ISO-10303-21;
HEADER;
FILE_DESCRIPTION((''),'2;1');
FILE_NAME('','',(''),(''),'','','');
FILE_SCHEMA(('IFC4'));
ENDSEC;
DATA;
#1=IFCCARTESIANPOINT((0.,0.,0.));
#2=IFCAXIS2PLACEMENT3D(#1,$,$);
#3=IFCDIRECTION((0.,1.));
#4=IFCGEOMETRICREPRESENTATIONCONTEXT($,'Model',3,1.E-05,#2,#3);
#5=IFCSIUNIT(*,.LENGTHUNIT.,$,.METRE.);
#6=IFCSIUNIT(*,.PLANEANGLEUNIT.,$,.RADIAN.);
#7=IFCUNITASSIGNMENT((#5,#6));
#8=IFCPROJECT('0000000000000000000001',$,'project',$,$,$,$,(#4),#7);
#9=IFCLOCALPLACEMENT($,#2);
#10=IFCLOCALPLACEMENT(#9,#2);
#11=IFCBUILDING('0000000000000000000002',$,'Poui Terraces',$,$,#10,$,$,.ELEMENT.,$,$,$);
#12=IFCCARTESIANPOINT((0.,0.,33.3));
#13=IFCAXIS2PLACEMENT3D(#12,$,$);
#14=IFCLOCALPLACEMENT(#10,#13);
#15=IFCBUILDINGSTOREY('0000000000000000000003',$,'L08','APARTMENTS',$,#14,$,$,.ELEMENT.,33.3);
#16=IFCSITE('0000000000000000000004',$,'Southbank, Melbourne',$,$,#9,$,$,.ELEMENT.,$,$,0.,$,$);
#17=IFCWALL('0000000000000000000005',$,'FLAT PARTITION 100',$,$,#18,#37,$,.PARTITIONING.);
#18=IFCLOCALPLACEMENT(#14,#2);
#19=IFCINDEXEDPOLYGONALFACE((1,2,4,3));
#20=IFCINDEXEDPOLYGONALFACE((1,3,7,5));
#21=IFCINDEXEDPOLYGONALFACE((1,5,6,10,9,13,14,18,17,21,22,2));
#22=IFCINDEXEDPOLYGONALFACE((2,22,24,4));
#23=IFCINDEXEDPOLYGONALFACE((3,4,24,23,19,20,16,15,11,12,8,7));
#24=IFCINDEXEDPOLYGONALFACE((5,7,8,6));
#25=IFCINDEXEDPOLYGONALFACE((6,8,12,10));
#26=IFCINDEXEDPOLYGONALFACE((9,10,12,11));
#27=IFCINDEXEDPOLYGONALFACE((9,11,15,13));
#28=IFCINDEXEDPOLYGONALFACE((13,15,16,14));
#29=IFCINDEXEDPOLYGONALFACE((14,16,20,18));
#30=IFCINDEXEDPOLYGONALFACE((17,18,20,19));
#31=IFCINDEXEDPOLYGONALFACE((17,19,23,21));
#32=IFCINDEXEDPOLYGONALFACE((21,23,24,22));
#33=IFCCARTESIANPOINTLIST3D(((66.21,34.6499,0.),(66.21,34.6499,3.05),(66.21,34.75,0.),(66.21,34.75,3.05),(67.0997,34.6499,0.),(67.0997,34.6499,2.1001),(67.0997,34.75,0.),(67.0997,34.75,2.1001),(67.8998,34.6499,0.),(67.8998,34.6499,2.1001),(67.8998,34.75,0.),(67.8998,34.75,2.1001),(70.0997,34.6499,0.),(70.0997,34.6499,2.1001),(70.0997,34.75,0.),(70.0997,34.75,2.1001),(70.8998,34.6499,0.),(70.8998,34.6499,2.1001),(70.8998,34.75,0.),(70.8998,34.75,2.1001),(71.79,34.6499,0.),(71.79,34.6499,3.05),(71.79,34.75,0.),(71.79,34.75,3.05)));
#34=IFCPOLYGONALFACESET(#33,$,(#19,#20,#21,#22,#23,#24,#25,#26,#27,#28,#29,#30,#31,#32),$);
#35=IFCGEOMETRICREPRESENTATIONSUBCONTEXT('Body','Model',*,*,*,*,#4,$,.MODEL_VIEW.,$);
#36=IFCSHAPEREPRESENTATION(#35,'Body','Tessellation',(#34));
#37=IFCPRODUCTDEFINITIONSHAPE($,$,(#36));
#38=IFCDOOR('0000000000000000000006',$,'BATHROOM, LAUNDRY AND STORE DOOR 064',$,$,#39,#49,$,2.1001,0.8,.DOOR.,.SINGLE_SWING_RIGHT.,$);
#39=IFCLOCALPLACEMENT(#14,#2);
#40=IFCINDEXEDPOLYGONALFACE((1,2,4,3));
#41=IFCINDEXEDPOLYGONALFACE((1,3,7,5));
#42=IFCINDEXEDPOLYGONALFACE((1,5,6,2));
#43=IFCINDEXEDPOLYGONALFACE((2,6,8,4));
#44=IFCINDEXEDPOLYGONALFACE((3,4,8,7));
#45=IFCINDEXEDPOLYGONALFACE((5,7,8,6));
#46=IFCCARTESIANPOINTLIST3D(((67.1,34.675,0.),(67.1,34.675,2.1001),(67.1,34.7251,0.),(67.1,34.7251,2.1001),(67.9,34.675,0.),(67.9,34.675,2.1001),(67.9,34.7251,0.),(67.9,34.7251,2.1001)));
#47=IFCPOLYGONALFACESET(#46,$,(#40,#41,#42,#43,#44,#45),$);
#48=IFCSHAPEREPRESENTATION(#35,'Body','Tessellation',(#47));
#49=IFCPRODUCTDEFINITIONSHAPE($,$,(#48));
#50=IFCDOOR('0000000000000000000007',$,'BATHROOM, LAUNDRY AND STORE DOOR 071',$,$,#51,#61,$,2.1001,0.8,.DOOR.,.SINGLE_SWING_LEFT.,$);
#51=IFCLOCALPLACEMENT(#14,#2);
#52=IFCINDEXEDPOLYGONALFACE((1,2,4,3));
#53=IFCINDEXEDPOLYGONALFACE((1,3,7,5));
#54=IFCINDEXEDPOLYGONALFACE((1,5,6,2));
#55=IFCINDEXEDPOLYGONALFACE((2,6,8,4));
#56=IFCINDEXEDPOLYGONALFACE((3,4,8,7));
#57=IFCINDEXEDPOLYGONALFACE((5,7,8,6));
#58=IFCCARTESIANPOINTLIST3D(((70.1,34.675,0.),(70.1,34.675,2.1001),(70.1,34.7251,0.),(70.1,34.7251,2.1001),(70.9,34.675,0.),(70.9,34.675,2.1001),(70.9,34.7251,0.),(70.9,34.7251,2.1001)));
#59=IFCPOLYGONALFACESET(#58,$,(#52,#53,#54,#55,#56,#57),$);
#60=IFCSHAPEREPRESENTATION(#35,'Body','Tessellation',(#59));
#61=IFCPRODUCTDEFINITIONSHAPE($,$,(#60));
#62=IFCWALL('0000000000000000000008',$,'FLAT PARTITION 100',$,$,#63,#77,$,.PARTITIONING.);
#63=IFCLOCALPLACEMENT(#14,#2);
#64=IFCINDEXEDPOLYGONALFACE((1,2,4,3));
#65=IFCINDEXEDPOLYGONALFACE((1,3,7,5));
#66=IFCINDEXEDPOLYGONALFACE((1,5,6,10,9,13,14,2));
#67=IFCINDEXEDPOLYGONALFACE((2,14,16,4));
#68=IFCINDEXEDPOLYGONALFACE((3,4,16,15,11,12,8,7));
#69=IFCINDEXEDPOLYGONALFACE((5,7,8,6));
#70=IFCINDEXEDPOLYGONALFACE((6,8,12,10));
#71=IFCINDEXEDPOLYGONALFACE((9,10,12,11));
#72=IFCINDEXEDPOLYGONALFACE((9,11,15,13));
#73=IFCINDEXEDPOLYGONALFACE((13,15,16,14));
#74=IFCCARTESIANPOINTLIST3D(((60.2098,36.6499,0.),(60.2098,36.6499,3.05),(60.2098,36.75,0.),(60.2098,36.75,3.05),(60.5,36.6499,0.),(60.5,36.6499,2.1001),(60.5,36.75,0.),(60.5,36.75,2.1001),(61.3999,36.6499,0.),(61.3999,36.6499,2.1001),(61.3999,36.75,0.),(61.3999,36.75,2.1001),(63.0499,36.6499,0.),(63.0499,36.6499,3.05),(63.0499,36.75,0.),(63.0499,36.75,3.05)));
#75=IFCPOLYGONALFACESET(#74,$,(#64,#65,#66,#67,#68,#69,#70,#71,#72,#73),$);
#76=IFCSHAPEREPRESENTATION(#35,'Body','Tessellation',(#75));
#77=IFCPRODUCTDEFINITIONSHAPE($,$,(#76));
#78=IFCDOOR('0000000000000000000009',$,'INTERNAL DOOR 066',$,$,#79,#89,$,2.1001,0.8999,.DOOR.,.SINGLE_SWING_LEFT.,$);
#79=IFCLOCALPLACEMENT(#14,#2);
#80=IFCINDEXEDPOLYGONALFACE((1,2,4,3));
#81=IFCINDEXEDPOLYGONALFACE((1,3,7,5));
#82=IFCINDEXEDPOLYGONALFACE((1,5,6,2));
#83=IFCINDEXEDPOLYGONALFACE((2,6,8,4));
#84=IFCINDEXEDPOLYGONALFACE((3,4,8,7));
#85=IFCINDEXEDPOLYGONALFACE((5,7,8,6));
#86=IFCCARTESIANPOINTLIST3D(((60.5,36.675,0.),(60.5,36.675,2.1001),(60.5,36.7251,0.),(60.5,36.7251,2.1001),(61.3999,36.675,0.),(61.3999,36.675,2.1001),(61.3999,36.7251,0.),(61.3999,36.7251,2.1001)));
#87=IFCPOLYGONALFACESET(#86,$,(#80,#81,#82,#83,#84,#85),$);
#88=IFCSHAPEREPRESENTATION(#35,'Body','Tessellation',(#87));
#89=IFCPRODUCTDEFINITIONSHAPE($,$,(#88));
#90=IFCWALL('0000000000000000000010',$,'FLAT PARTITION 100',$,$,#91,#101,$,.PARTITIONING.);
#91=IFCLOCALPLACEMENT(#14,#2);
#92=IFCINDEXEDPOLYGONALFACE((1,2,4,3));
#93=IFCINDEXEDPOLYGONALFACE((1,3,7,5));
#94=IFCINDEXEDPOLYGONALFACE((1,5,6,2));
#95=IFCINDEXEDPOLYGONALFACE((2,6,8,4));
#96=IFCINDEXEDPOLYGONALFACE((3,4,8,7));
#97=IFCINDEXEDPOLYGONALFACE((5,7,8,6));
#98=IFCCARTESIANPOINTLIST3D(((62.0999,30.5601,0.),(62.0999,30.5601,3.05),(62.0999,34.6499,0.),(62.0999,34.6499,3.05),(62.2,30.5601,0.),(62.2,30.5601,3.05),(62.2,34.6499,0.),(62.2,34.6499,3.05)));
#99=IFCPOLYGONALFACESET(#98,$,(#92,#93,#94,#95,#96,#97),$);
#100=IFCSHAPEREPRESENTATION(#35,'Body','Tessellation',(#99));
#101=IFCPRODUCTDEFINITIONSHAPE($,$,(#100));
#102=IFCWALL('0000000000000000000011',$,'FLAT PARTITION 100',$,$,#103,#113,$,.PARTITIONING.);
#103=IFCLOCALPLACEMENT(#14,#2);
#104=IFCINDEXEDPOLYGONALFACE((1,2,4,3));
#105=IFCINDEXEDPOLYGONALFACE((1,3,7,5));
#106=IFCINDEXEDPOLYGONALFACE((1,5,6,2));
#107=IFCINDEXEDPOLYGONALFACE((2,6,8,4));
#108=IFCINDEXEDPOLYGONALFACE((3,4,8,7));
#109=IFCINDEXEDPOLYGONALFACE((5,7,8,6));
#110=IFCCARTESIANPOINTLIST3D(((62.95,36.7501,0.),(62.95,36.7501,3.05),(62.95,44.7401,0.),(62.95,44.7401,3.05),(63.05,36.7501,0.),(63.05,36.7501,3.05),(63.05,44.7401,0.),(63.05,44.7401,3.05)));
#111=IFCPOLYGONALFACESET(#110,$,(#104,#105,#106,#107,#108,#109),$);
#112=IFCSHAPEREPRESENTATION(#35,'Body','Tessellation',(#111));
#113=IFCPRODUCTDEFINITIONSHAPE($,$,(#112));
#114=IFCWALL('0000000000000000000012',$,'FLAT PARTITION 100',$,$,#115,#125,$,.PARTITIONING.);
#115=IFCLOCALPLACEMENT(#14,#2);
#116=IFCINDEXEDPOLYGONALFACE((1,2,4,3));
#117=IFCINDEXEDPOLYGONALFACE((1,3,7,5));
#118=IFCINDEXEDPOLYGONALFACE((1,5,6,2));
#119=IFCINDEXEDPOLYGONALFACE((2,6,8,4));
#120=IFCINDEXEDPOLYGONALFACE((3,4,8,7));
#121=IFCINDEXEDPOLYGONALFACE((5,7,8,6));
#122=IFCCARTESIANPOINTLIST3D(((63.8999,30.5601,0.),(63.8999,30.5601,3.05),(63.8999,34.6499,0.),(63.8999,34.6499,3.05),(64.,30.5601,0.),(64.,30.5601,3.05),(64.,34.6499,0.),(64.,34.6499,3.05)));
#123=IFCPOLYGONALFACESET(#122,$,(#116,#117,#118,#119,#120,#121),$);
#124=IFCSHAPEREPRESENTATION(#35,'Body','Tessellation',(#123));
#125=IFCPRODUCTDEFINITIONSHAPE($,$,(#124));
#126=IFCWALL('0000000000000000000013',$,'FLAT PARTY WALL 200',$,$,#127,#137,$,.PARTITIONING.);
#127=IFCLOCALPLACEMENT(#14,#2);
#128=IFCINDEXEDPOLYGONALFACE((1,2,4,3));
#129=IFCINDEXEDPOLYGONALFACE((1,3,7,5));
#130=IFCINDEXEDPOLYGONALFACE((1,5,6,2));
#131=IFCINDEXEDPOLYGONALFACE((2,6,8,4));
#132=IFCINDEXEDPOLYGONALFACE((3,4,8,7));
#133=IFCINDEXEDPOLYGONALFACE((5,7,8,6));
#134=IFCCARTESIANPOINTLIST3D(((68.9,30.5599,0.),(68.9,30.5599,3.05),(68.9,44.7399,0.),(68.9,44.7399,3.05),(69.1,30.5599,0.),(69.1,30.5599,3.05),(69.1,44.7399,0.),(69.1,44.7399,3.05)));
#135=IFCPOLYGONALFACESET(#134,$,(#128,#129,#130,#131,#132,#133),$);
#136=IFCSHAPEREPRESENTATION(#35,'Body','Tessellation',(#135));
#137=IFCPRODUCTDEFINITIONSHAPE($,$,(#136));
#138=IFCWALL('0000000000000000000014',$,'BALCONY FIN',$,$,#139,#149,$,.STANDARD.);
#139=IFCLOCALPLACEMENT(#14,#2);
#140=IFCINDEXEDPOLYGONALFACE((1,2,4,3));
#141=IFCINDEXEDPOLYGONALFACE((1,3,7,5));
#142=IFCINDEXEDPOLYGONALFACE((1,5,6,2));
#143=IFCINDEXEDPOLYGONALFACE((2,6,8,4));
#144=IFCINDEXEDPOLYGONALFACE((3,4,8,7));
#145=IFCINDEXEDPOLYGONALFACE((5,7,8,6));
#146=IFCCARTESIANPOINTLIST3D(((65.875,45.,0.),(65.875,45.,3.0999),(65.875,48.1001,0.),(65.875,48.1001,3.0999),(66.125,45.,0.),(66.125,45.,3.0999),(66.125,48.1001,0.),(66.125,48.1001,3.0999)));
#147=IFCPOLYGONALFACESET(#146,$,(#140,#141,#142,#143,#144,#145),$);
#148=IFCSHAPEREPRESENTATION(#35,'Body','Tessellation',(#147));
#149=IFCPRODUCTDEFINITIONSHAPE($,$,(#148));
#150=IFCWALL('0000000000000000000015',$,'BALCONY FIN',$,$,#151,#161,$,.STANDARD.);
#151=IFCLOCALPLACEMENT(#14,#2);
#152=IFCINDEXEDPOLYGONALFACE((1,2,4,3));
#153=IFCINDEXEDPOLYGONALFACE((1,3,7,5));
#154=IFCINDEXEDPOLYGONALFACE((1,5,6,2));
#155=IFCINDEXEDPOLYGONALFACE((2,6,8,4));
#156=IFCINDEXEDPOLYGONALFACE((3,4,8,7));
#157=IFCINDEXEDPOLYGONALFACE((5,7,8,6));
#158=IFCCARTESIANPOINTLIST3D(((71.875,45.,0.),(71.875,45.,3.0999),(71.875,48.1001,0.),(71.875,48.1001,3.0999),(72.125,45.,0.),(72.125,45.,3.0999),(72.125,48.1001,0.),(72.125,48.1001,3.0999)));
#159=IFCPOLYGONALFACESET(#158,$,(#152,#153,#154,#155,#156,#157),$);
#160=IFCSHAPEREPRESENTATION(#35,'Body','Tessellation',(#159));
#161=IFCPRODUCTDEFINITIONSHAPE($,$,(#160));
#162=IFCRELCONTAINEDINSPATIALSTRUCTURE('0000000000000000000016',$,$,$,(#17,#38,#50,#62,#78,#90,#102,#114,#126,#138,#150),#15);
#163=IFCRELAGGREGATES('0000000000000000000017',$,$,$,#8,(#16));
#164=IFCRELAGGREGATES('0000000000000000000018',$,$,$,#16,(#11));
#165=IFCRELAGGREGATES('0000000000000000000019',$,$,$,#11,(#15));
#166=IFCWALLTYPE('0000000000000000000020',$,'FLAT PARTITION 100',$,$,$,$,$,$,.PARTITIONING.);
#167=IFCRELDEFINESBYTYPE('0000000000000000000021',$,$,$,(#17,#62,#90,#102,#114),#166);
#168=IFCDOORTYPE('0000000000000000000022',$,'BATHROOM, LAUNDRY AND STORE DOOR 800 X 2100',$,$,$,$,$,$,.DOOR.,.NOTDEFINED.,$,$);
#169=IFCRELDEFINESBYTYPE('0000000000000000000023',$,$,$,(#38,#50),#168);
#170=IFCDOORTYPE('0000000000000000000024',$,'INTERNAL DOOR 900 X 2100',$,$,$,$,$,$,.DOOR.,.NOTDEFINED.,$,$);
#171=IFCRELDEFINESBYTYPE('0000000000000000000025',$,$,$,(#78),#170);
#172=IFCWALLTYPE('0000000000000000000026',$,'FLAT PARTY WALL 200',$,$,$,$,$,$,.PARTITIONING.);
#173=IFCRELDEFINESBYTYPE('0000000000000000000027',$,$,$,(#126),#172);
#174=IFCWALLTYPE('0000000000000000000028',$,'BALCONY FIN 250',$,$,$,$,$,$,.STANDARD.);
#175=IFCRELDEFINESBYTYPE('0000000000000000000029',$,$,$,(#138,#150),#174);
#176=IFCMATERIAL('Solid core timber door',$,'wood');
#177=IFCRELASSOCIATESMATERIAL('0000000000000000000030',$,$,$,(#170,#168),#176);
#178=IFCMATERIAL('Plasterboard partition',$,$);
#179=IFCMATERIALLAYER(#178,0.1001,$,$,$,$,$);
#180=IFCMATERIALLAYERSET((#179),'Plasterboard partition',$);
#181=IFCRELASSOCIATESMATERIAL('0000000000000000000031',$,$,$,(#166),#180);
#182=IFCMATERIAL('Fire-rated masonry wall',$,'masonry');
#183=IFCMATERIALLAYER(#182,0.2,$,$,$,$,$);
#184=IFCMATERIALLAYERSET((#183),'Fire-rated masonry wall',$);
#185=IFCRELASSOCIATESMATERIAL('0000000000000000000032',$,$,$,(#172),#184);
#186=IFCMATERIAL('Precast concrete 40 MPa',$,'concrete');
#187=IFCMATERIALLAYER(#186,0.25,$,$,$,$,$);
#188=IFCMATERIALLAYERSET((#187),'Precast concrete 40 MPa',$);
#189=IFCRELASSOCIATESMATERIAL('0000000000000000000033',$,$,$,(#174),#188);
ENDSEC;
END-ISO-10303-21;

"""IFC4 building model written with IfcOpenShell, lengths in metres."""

from ifc_helpers import new_model, si_unit, direction, frame, frame_2d, origin, place, context, subcontext, project, spatial, polyline, rectangle, outline, extrude, source, transform, mapped, material, layer, layer_set, type_object, element, fill, save


model = new_model("IFC4")

# Units and contexts
model_context = context("Model", 3, precision=1e-05, world=origin(), true_north=direction((0.0, 1.0)))
body_context = subcontext(model_context, "Body", "Model", "MODEL_VIEW")
ifc_project = project(units=[si_unit("LENGTHUNIT", "METRE"), si_unit("PLANEANGLEUNIT", "RADIAN")], contexts=[model_context])

# Site, building, storey
site_placement = place(None, origin())
site = spatial("IfcSite", under=ifc_project, at=site_placement, Name="Southbank, Melbourne", CompositionType="ELEMENT", RefElevation=0.0)
building_placement = place(site_placement, origin())
building = spatial("IfcBuilding", under=site, at=building_placement, Name="Poui Terraces", CompositionType="ELEMENT")
storey_placement = place(building_placement, frame((0.0, 0.0, 33.3)))
storey = spatial("IfcBuildingStorey", under=building, at=storey_placement, Name="L08", Description="APARTMENTS", CompositionType="ELEMENT", Elevation=33.3)

# Shared definitions
ifc_material_1 = material(Name="Solid core timber door", Category="wood")
door_type_1 = type_object("IfcDoorType", Name="INTERNAL DOOR 900 X 2100", OperationType="NOTDEFINED", PredefinedType="DOOR", material=ifc_material_1)
ifc_material_2 = material(Name="Plasterboard partition")
ifc_layer_1 = layer(ifc_material_2, 0.1001)
ifc_layer_set_1 = layer_set([ifc_layer_1], Name="Plasterboard partition")
wall_type_1 = type_object("IfcWallType", Name="FLAT PARTITION 100", PredefinedType="PARTITIONING", material=ifc_layer_set_1)
door_type_2 = type_object("IfcDoorType", Name="BATHROOM, LAUNDRY AND STORE DOOR 800 X 2100", OperationType="NOTDEFINED", PredefinedType="DOOR", material=ifc_material_1)

# Wall, openings, doors
wall_1_placement = place(storey_placement, frame((66.21, 34.7, 0.0), z_axis=(0.0, 0.0, 1.0), x_axis=(1.0, 0.0, 0.0)))
wall_1 = element("IfcWall", 1, at=wall_1_placement, inside=storey, type_object=wall_type_1, Name="FLAT PARTITION 100", PredefinedType="PARTITIONING", context=body_context, shape_type="SweptSolid", body=[
    extrude(rectangle(XDim=5.5801, YDim=0.1001, at=frame_2d((2.79, 0.0))), origin(), (0.0, 0.0, 1.0), 3.05),
])
opening_1_placement = place(wall_1_placement, frame((0.8899, 0.0, 0.0)))
opening_1 = element("IfcOpeningElement", 2, at=opening_1_placement, cuts=wall_1, PredefinedType="OPENING", context=body_context, shape_type="SweptSolid", body=[
    extrude(rectangle(XDim=0.8, YDim=2.1001, at=frame_2d((0.3999, 1.05))), frame((0.0, 0.0601, 0.0), z_axis=(0.0, -1.0, 0.0), x_axis=(1.0, 0.0, 0.0)), (0.0, 0.0, 1.0), 0.1201),
])
opening_2_placement = place(wall_1_placement, frame((3.8899, 0.0, 0.0)))
opening_2 = element("IfcOpeningElement", 3, at=opening_2_placement, cuts=wall_1, PredefinedType="OPENING", context=body_context, shape_type="SweptSolid", body=[
    extrude(rectangle(XDim=0.8, YDim=2.1001, at=frame_2d((0.3999, 1.05))), frame((0.0, 0.0601, 0.0), z_axis=(0.0, -1.0, 0.0), x_axis=(1.0, 0.0, 0.0)), (0.0, 0.0, 1.0), 0.1201),
])
door_1_placement = place(opening_1_placement, frame((0.8, 0.0, 0.0), z_axis=(0.0, 0.0, 1.0), x_axis=(-1.0, 0.0, 0.0)))
door_1 = element("IfcDoor", 4, at=door_1_placement, inside=storey, type_object=door_type_2, Name="BATHROOM, LAUNDRY AND STORE DOOR 064", OperationType="SINGLE_SWING_RIGHT", OverallHeight=2.1001, OverallWidth=0.8, PredefinedType="DOOR", context=body_context, shape_type="SweptSolid", body=[
    extrude(rectangle(XDim=0.8, YDim=2.1001, at=frame_2d((0.3999, 1.05))), frame((0.0, 0.0249, 0.0), z_axis=(0.0, -1.0, 0.0), x_axis=(1.0, 0.0, 0.0)), (0.0, 0.0, 1.0), 0.05),
])
fill(opening_1, door_1)
door_2_placement = place(opening_2_placement, frame((0.8, 0.0, 0.0), z_axis=(0.0, 0.0, 1.0), x_axis=(-1.0, 0.0, 0.0)))
door_2 = element("IfcDoor", 5, at=door_2_placement, inside=storey, type_object=door_type_2, Name="BATHROOM, LAUNDRY AND STORE DOOR 071", OperationType="SINGLE_SWING_LEFT", OverallHeight=2.1001, OverallWidth=0.8, PredefinedType="DOOR", context=body_context, shape_type="SweptSolid", body=[
    extrude(rectangle(XDim=0.8, YDim=2.1001, at=frame_2d((0.3999, 1.05))), frame((0.0, 0.0249, 0.0), z_axis=(0.0, -1.0, 0.0), x_axis=(1.0, 0.0, 0.0)), (0.0, 0.0, 1.0), 0.05),
])
fill(opening_2, door_2)

# Wall, opening, door
wall_2_placement = place(storey_placement, frame((60.21, 36.7, 0.0), z_axis=(0.0, 0.0, 1.0), x_axis=(1.0, 0.0, 0.0)))
wall_2 = element("IfcWall", 6, at=wall_2_placement, inside=storey, type_object=wall_type_1, Name="FLAT PARTITION 100", PredefinedType="PARTITIONING", context=body_context, shape_type="SweptSolid", body=[
    extrude(rectangle(XDim=2.8401, YDim=0.1001, at=frame_2d((1.4199, 0.0))), origin(), (0.0, 0.0, 1.0), 3.05),
])
opening_3_placement = place(wall_2_placement, frame((0.29, 0.0, 0.0)))
opening_3 = element("IfcOpeningElement", 7, at=opening_3_placement, cuts=wall_2, PredefinedType="OPENING", context=body_context, shape_type="SweptSolid", body=[
    extrude(rectangle(XDim=0.8999, YDim=2.1001, at=frame_2d((0.45, 1.05))), frame((0.0, 0.0601, 0.0), z_axis=(0.0, -1.0, 0.0), x_axis=(1.0, 0.0, 0.0)), (0.0, 0.0, 1.0), 0.1201),
])
door_3_placement = place(opening_3_placement, frame((0.8999, 0.0, 0.0), z_axis=(0.0, 0.0, 1.0), x_axis=(-1.0, 0.0, 0.0)))
door_3 = element("IfcDoor", 8, at=door_3_placement, inside=storey, type_object=door_type_1, Name="INTERNAL DOOR 066", OperationType="SINGLE_SWING_LEFT", OverallHeight=2.1001, OverallWidth=0.8999, PredefinedType="DOOR", context=body_context, shape_type="SweptSolid", body=[
    extrude(rectangle(XDim=0.8999, YDim=2.1001, at=frame_2d((0.45, 1.05))), frame((0.0, 0.0249, 0.0), z_axis=(0.0, -1.0, 0.0), x_axis=(1.0, 0.0, 0.0)), (0.0, 0.0, 1.0), 0.05),
])
fill(opening_3, door_3)

# Walls
wall_3_placement = place(storey_placement, frame((62.1499, 30.5601, 0.0), z_axis=(0.0, 0.0, 1.0), x_axis=(0.0, 1.0, 0.0)))
element("IfcWall", 9, at=wall_3_placement, inside=storey, type_object=wall_type_1, Name="FLAT PARTITION 100", PredefinedType="PARTITIONING", context=body_context, shape_type="SweptSolid", body=[
    extrude(rectangle(XDim=4.0898, YDim=0.1001, at=frame_2d((2.0449, 0.0))), origin(), (0.0, 0.0, 1.0), 3.05),
])
wall_4_placement = place(storey_placement, frame((63.0, 36.75, 0.0), z_axis=(0.0, 0.0, 1.0), x_axis=(0.0, 1.0, 0.0)))
element("IfcWall", 10, at=wall_4_placement, inside=storey, type_object=wall_type_1, Name="FLAT PARTITION 100", PredefinedType="PARTITIONING", context=body_context, shape_type="SweptSolid", body=[
    extrude(rectangle(XDim=7.99, YDim=0.1001, at=frame_2d((3.9951, 0.0))), origin(), (0.0, 0.0, 1.0), 3.05),
])
wall_5_placement = place(storey_placement, frame((63.95, 30.5601, 0.0), z_axis=(0.0, 0.0, 1.0), x_axis=(0.0, 1.0, 0.0)))
element("IfcWall", 11, at=wall_5_placement, inside=storey, type_object=wall_type_1, Name="FLAT PARTITION 100", PredefinedType="PARTITIONING", context=body_context, shape_type="SweptSolid", body=[
    extrude(rectangle(XDim=4.0898, YDim=0.1001, at=frame_2d((2.0449, 0.0))), origin(), (0.0, 0.0, 1.0), 3.05),
])
ifc_material_3 = material(Name="Fire-rated masonry wall", Category="masonry")
ifc_layer_2 = layer(ifc_material_3, 0.2)
ifc_layer_set_2 = layer_set([ifc_layer_2], Name="Fire-rated masonry wall")
wall_type_2 = type_object("IfcWallType", Name="FLAT PARTY WALL 200", PredefinedType="PARTITIONING", material=ifc_layer_set_2)
wall_6_placement = place(storey_placement, frame((69.0, 30.5601, 0.0), z_axis=(0.0, 0.0, 1.0), x_axis=(0.0, 1.0, 0.0)))
element("IfcWall", 12, at=wall_6_placement, inside=storey, type_object=wall_type_2, Name="FLAT PARTY WALL 200", PredefinedType="PARTITIONING", context=body_context, shape_type="SweptSolid", body=[
    extrude(rectangle(XDim=14.1799, YDim=0.2, at=frame_2d((7.0898, 0.0))), origin(), (0.0, 0.0, 1.0), 3.05),
])
ifc_material_4 = material(Name="Precast concrete 40 MPa", Category="concrete")
ifc_layer_3 = layer(ifc_material_4, 0.25)
ifc_layer_set_3 = layer_set([ifc_layer_3], Name="Precast concrete 40 MPa")
wall_type_3 = type_object("IfcWallType", Name="BALCONY FIN 250", PredefinedType="STANDARD", material=ifc_layer_set_3)
shared_shape_1 = source(origin(), body_context, "Body", "SweptSolid", [
    extrude(outline(polyline([(0.0, 0.0), (0.25, 0.0), (0.25, 3.1001), (0.0, 3.1001), (0.0, 0.0)])), origin(), (0.0, 0.0, 1.0), 3.0999),
])
for number, where, name in (
    (13, (65.875, 45.0, 0.0), "BALCONY FIN"),
    (14, (71.875, 45.0, 0.0), "BALCONY FIN"),
):
    element("IfcWall", number, at=place(storey_placement, frame(where)), inside=storey, type_object=wall_type_3, Name=name, PredefinedType="STANDARD", context=body_context, shape_type="MappedRepresentation", body=[
        mapped(shared_shape_1, transform((0.0, 0.0, 0.0))),
    ])

save(model, "model.ifc")
